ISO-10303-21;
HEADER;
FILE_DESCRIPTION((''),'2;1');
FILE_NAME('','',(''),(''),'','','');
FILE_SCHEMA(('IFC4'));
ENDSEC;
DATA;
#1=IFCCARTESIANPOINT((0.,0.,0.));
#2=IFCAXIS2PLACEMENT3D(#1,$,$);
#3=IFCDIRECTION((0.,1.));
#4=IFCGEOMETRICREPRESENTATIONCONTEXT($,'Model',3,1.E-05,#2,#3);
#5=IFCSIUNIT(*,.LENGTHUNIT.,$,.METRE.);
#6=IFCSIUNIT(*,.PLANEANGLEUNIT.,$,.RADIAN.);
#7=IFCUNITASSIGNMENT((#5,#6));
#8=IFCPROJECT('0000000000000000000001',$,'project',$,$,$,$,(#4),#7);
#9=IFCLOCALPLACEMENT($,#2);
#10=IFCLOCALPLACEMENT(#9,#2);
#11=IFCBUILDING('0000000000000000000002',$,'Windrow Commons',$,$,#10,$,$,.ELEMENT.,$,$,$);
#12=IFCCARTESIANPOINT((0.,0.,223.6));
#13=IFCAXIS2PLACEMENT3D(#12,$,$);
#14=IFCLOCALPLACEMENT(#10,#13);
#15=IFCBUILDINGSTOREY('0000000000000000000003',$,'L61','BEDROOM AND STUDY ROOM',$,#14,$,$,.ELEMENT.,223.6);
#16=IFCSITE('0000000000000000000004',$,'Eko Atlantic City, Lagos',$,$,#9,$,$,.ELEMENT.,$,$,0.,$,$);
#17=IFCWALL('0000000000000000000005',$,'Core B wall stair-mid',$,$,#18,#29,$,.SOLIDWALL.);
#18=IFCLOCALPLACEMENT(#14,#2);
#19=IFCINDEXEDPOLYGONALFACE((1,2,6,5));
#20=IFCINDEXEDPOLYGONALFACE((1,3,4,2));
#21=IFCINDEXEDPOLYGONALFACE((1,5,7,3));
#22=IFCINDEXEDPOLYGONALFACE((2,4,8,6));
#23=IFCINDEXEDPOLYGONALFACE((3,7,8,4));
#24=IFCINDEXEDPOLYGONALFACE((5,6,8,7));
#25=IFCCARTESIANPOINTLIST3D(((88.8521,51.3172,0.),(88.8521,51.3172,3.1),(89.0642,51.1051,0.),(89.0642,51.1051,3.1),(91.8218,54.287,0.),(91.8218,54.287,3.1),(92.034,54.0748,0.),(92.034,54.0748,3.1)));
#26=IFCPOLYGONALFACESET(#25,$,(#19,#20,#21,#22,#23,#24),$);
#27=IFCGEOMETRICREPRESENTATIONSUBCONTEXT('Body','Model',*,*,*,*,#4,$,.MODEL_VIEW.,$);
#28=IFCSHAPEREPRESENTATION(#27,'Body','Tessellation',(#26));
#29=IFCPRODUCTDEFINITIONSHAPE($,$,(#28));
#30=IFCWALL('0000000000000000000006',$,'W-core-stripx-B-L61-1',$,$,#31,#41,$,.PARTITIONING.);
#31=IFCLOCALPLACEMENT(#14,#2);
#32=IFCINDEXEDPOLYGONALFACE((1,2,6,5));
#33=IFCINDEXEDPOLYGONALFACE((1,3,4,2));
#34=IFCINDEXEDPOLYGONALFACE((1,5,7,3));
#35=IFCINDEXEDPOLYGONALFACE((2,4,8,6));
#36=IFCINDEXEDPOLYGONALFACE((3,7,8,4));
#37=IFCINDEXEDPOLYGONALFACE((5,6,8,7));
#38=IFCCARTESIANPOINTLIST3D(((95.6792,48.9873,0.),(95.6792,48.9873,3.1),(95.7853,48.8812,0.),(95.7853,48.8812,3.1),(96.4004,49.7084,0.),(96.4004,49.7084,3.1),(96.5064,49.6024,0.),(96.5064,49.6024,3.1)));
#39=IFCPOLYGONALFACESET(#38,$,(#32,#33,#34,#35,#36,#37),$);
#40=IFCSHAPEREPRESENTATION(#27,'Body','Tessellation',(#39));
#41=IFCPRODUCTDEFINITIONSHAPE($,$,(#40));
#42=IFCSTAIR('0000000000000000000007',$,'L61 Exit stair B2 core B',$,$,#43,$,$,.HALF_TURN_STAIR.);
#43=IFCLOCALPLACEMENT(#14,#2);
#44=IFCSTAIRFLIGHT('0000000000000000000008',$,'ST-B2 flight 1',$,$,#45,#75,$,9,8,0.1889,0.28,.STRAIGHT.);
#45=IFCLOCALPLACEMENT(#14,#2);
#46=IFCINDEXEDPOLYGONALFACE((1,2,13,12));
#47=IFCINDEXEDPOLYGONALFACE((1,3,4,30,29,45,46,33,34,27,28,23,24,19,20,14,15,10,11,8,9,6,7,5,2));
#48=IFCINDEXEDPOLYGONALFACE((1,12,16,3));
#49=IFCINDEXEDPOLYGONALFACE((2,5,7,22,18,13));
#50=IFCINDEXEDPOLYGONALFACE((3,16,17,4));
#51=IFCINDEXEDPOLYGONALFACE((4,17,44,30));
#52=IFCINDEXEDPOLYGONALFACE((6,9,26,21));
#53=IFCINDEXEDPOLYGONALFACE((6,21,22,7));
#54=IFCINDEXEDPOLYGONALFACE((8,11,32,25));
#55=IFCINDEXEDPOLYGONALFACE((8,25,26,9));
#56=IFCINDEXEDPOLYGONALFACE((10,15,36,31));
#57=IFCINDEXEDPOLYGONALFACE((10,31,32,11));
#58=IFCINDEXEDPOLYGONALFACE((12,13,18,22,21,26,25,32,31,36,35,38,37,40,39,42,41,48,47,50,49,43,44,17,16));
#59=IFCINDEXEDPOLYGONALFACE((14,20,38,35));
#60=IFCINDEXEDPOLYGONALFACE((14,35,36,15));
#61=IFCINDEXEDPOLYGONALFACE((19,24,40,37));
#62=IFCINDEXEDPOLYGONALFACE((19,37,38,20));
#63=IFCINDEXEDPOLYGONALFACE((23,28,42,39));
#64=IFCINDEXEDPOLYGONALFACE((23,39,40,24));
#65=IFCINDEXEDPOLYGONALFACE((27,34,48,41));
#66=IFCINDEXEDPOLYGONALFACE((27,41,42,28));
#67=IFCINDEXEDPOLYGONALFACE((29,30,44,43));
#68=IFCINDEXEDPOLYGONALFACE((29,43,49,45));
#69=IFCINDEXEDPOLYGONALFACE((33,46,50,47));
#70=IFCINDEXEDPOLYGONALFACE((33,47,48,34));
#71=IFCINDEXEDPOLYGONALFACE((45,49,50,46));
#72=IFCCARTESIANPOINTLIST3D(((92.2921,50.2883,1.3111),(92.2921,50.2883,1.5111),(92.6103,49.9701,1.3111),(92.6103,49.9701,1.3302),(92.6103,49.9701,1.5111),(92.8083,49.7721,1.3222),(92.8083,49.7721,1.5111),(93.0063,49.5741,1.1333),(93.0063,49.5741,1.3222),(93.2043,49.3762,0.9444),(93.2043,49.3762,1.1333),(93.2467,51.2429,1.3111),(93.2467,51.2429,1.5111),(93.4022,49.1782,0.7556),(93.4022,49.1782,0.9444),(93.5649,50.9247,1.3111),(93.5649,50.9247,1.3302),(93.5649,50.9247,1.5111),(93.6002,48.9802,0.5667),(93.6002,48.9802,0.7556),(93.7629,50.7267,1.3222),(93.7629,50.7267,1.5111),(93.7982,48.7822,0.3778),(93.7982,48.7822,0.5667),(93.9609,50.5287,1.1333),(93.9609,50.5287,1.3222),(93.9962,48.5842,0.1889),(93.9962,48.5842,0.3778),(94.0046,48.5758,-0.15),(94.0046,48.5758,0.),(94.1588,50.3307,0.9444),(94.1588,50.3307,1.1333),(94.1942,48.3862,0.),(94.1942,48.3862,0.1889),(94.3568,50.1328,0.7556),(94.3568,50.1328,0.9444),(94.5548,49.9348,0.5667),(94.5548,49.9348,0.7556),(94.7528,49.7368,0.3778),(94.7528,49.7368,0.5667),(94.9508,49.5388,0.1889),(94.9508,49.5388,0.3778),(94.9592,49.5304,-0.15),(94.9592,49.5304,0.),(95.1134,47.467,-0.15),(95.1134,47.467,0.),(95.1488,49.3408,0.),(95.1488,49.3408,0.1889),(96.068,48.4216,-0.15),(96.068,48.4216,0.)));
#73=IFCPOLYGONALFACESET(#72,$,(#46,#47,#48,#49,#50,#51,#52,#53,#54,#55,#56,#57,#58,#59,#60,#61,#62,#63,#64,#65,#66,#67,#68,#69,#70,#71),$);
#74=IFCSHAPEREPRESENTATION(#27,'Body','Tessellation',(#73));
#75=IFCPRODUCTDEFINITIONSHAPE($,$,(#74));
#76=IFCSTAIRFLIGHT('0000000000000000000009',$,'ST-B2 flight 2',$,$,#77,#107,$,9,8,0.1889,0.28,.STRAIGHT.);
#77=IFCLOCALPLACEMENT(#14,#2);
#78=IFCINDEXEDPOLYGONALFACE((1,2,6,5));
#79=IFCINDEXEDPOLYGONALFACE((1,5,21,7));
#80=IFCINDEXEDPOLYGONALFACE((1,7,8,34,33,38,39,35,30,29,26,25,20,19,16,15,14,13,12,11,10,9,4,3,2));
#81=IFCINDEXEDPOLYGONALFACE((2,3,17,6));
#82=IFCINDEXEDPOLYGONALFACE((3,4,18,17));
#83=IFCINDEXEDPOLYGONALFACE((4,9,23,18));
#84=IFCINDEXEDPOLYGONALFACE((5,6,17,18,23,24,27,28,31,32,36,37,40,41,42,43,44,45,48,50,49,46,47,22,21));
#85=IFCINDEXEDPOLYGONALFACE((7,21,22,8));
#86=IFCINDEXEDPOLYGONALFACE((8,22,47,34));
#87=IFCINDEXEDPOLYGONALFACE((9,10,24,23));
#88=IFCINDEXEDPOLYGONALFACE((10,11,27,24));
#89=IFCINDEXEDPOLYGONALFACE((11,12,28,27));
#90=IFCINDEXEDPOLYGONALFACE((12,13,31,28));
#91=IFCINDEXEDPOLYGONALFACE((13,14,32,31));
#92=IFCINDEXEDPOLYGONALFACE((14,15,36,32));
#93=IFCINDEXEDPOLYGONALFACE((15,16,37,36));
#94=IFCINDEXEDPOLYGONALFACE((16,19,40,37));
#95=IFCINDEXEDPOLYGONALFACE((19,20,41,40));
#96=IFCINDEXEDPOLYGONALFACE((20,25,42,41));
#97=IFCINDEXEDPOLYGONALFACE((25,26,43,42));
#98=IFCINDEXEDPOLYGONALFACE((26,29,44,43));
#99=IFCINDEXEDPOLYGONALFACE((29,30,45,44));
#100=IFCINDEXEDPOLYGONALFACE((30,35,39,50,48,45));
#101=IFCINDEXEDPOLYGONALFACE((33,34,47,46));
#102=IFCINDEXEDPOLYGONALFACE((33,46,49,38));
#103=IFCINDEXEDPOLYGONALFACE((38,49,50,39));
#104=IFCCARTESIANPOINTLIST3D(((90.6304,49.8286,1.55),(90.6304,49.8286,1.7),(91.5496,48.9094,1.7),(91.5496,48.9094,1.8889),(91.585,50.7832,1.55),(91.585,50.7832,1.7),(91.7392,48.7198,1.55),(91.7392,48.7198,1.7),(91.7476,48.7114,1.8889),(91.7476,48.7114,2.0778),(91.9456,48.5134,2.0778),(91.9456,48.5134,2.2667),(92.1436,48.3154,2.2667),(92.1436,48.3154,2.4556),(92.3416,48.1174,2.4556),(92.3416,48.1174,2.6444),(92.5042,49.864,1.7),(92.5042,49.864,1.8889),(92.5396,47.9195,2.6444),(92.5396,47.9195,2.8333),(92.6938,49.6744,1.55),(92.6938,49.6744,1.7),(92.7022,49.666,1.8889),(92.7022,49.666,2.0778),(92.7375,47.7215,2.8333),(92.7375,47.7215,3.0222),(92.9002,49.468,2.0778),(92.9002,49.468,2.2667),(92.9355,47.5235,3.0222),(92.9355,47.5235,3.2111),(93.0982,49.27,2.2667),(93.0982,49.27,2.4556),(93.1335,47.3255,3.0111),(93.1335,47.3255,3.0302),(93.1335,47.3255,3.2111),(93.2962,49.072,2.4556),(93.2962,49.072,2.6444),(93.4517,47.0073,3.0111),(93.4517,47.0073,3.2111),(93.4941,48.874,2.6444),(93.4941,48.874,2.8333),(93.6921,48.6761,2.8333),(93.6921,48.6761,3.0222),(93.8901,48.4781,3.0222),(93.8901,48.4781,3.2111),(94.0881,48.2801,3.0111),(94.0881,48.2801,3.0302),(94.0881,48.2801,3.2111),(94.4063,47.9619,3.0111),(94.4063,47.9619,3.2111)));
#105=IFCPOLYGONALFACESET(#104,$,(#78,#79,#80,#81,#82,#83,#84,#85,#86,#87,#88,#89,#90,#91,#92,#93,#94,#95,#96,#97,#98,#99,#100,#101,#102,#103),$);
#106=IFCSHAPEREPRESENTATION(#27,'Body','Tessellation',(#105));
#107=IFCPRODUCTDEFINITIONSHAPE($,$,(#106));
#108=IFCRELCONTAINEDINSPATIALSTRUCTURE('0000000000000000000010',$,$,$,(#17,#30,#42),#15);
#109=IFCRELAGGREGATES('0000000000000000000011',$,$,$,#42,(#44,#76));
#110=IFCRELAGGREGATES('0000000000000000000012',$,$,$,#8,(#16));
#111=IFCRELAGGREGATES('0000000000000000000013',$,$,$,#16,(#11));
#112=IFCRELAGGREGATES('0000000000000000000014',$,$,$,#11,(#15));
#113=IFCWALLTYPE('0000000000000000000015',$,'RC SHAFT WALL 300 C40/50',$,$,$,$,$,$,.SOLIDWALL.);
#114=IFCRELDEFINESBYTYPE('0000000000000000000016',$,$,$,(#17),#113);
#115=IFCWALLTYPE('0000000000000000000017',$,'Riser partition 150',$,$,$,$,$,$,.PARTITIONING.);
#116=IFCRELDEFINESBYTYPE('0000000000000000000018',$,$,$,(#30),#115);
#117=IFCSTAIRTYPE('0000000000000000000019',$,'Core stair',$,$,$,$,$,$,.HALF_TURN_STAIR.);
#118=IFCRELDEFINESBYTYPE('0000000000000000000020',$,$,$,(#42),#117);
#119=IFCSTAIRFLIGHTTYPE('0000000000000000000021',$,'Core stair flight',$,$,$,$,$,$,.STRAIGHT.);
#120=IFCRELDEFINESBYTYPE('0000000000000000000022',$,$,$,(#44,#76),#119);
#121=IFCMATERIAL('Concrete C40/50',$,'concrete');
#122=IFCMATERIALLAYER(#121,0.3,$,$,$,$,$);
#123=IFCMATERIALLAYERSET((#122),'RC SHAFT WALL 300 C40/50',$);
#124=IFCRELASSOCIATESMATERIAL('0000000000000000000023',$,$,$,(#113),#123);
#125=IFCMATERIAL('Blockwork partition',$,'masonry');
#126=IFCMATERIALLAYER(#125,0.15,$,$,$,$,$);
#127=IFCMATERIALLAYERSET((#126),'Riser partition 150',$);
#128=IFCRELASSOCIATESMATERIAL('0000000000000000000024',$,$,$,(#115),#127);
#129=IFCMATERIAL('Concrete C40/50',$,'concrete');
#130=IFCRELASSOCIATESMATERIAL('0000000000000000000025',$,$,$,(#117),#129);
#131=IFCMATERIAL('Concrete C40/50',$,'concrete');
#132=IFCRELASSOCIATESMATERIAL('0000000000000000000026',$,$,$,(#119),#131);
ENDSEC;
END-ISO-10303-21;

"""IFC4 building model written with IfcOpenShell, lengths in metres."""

from ifc_helpers import new_model, si_unit, direction, frame, frame_2d, origin, place, context, subcontext, project, spatial, polyline, rectangle, outline, extrude, material, layer, layer_set, type_object, element, aggregate, save


model = new_model("IFC4")

# Units and contexts
model_context = context("Model", 3, precision=1e-05, world=origin(), true_north=direction((0.0, 1.0)))
body_context = subcontext(model_context, "Body", "Model", "MODEL_VIEW")
ifc_project = project(units=[si_unit("LENGTHUNIT", "METRE"), si_unit("PLANEANGLEUNIT", "RADIAN")], contexts=[model_context])

# Site, building, storey
site_placement = place(None, origin())
site = spatial("IfcSite", under=ifc_project, at=site_placement, Name="Eko Atlantic City, Lagos", CompositionType="ELEMENT", RefElevation=0.0)
building_placement = place(site_placement, origin())
building = spatial("IfcBuilding", under=site, at=building_placement, Name="Windrow Commons", CompositionType="ELEMENT")
storey_placement = place(building_placement, frame((0.0, 0.0, 223.6)))
storey = spatial("IfcBuildingStorey", under=building, at=storey_placement, Name="L61", Description="BEDROOM AND STUDY ROOM", CompositionType="ELEMENT", Elevation=223.6)

# Walls
ifc_material_1 = material(Name="Concrete C40/50", Category="concrete")
ifc_layer_1 = layer(ifc_material_1, 0.3)
ifc_layer_set_1 = layer_set([ifc_layer_1], Name="RC SHAFT WALL 300 C40/50")
wall_type_1 = type_object("IfcWallType", Name="RC SHAFT WALL 300 C40/50", PredefinedType="SOLIDWALL", material=ifc_layer_set_1)
wall_1_placement = place(storey_placement, frame((88.9581, 51.2111, 0.0), z_axis=(0.0, 0.0, 1.0), x_axis=(0.707107, 0.707107, 0.0)))
element("IfcWall", 1, at=wall_1_placement, inside=storey, type_object=wall_type_1, Name="Core B wall stair-mid", PredefinedType="SOLIDWALL", context=body_context, shape_type="SweptSolid", body=[
    extrude(rectangle(XDim=4.1999, YDim=0.3, at=frame_2d((2.1, 0.0))), origin(), (0.0, 0.0, 1.0), 3.1),
])
ifc_material_2 = material(Name="Blockwork partition", Category="masonry")
ifc_layer_2 = layer(ifc_material_2, 0.15)
ifc_layer_set_2 = layer_set([ifc_layer_2], Name="Riser partition 150")
wall_type_2 = type_object("IfcWallType", Name="Riser partition 150", PredefinedType="PARTITIONING", material=ifc_layer_set_2)
wall_2_placement = place(storey_placement, frame((95.7322, 48.9342, 0.0), z_axis=(0.0, 0.0, 1.0), x_axis=(0.707107, 0.707107, 0.0)))
element("IfcWall", 2, at=wall_2_placement, inside=storey, type_object=wall_type_2, Name="W-core-stripx-B-L61-1", PredefinedType="PARTITIONING", context=body_context, shape_type="SweptSolid", body=[
    extrude(rectangle(XDim=1.0199, YDim=0.15, at=frame_2d((0.51, 0.0))), origin(), (0.0, 0.0, 1.0), 3.1),
])

# Stair, stair flights
ifc_material_3 = material(Name="Concrete C40/50", Category="concrete")
stair_type = type_object("IfcStairType", Name="Core stair", PredefinedType="HALF_TURN_STAIR", material=ifc_material_3)
stair_placement = place(storey_placement, origin())
stair = element("IfcStair", 3, at=stair_placement, inside=storey, type_object=stair_type, Name="L61 Exit stair B2 core B", PredefinedType="HALF_TURN_STAIR")
ifc_material_4 = material(Name="Concrete C40/50", Category="concrete")
stair_flight_type = type_object("IfcStairFlightType", Name="Core stair flight", PredefinedType="STRAIGHT", material=ifc_material_4)
stair_flight_1_placement = place(storey_placement, frame((94.6715, 48.8635, 0.0), z_axis=(0.0, 0.0, 1.0), x_axis=(-0.707107, 0.707107, 0.0)))
stair_flight_1 = element("IfcStairFlight", 4, at=stair_flight_1_placement, type_object=stair_flight_type, Name="ST-B2 flight 1", NumberOfRisers=9, NumberOfTreads=8, PredefinedType="STRAIGHT", RiserHeight=0.1889, TreadLength=0.28, context=body_context, shape_type="SweptSolid", body=[
    extrude(outline(polyline([(-1.3, -0.15), (-1.3, 0.0), (0.0, 0.0), (0.0, 0.1889), (0.28, 0.1889), (0.28, 0.3778), (0.56, 0.3778), (0.56, 0.5667), (0.84, 0.5667), (0.84, 0.7556), (1.12, 0.7556), (1.12, 0.9444), (1.4, 0.9444), (1.4, 1.1333), (1.68, 1.1333), (1.68, 1.3222), (1.96, 1.3222), (1.96, 1.5111), (2.24, 1.5111), (2.69, 1.5111), (2.69, 1.3111), (2.24, 1.3111), (2.24, 1.3302), (0.2682, 0.0), (0.2682, -0.15), (-1.3, -0.15)])), frame((0.0, 0.675, 0.0), z_axis=(0.0, -1.0, 0.0), x_axis=(1.0, 0.0, 0.0)), (0.0, 0.0, 1.0), 1.35),
])
stair_flight_2_placement = place(storey_placement, frame((92.0269, 49.3867, 1.7), z_axis=(0.0, 0.0, 1.0), x_axis=(0.707107, -0.707107, 0.0)))
stair_flight_2 = element("IfcStairFlight", 5, at=stair_flight_2_placement, type_object=stair_flight_type, Name="ST-B2 flight 2", NumberOfRisers=9, NumberOfTreads=8, PredefinedType="STRAIGHT", RiserHeight=0.1889, TreadLength=0.28, context=body_context, shape_type="SweptSolid", body=[
    extrude(outline(polyline([(-1.3, -0.15), (-1.3, 0.0), (0.0, 0.0), (0.0, 0.1889), (0.28, 0.1889), (0.28, 0.3778), (0.56, 0.3778), (0.56, 0.5667), (0.84, 0.5667), (0.84, 0.7556), (1.12, 0.7556), (1.12, 0.9444), (1.4, 0.9444), (1.4, 1.1333), (1.68, 1.1333), (1.68, 1.3222), (1.96, 1.3222), (1.96, 1.5111), (2.24, 1.5111), (2.69, 1.5111), (2.69, 1.3111), (2.24, 1.3111), (2.24, 1.3302), (0.2682, 0.0), (0.2682, -0.15), (-1.3, -0.15)])), frame((0.0, 0.675, 0.0), z_axis=(0.0, -1.0, 0.0), x_axis=(1.0, 0.0, 0.0)), (0.0, 0.0, 1.0), 1.35),
])
aggregate(stair, [stair_flight_1, stair_flight_2])

save(model, "model.ifc")
